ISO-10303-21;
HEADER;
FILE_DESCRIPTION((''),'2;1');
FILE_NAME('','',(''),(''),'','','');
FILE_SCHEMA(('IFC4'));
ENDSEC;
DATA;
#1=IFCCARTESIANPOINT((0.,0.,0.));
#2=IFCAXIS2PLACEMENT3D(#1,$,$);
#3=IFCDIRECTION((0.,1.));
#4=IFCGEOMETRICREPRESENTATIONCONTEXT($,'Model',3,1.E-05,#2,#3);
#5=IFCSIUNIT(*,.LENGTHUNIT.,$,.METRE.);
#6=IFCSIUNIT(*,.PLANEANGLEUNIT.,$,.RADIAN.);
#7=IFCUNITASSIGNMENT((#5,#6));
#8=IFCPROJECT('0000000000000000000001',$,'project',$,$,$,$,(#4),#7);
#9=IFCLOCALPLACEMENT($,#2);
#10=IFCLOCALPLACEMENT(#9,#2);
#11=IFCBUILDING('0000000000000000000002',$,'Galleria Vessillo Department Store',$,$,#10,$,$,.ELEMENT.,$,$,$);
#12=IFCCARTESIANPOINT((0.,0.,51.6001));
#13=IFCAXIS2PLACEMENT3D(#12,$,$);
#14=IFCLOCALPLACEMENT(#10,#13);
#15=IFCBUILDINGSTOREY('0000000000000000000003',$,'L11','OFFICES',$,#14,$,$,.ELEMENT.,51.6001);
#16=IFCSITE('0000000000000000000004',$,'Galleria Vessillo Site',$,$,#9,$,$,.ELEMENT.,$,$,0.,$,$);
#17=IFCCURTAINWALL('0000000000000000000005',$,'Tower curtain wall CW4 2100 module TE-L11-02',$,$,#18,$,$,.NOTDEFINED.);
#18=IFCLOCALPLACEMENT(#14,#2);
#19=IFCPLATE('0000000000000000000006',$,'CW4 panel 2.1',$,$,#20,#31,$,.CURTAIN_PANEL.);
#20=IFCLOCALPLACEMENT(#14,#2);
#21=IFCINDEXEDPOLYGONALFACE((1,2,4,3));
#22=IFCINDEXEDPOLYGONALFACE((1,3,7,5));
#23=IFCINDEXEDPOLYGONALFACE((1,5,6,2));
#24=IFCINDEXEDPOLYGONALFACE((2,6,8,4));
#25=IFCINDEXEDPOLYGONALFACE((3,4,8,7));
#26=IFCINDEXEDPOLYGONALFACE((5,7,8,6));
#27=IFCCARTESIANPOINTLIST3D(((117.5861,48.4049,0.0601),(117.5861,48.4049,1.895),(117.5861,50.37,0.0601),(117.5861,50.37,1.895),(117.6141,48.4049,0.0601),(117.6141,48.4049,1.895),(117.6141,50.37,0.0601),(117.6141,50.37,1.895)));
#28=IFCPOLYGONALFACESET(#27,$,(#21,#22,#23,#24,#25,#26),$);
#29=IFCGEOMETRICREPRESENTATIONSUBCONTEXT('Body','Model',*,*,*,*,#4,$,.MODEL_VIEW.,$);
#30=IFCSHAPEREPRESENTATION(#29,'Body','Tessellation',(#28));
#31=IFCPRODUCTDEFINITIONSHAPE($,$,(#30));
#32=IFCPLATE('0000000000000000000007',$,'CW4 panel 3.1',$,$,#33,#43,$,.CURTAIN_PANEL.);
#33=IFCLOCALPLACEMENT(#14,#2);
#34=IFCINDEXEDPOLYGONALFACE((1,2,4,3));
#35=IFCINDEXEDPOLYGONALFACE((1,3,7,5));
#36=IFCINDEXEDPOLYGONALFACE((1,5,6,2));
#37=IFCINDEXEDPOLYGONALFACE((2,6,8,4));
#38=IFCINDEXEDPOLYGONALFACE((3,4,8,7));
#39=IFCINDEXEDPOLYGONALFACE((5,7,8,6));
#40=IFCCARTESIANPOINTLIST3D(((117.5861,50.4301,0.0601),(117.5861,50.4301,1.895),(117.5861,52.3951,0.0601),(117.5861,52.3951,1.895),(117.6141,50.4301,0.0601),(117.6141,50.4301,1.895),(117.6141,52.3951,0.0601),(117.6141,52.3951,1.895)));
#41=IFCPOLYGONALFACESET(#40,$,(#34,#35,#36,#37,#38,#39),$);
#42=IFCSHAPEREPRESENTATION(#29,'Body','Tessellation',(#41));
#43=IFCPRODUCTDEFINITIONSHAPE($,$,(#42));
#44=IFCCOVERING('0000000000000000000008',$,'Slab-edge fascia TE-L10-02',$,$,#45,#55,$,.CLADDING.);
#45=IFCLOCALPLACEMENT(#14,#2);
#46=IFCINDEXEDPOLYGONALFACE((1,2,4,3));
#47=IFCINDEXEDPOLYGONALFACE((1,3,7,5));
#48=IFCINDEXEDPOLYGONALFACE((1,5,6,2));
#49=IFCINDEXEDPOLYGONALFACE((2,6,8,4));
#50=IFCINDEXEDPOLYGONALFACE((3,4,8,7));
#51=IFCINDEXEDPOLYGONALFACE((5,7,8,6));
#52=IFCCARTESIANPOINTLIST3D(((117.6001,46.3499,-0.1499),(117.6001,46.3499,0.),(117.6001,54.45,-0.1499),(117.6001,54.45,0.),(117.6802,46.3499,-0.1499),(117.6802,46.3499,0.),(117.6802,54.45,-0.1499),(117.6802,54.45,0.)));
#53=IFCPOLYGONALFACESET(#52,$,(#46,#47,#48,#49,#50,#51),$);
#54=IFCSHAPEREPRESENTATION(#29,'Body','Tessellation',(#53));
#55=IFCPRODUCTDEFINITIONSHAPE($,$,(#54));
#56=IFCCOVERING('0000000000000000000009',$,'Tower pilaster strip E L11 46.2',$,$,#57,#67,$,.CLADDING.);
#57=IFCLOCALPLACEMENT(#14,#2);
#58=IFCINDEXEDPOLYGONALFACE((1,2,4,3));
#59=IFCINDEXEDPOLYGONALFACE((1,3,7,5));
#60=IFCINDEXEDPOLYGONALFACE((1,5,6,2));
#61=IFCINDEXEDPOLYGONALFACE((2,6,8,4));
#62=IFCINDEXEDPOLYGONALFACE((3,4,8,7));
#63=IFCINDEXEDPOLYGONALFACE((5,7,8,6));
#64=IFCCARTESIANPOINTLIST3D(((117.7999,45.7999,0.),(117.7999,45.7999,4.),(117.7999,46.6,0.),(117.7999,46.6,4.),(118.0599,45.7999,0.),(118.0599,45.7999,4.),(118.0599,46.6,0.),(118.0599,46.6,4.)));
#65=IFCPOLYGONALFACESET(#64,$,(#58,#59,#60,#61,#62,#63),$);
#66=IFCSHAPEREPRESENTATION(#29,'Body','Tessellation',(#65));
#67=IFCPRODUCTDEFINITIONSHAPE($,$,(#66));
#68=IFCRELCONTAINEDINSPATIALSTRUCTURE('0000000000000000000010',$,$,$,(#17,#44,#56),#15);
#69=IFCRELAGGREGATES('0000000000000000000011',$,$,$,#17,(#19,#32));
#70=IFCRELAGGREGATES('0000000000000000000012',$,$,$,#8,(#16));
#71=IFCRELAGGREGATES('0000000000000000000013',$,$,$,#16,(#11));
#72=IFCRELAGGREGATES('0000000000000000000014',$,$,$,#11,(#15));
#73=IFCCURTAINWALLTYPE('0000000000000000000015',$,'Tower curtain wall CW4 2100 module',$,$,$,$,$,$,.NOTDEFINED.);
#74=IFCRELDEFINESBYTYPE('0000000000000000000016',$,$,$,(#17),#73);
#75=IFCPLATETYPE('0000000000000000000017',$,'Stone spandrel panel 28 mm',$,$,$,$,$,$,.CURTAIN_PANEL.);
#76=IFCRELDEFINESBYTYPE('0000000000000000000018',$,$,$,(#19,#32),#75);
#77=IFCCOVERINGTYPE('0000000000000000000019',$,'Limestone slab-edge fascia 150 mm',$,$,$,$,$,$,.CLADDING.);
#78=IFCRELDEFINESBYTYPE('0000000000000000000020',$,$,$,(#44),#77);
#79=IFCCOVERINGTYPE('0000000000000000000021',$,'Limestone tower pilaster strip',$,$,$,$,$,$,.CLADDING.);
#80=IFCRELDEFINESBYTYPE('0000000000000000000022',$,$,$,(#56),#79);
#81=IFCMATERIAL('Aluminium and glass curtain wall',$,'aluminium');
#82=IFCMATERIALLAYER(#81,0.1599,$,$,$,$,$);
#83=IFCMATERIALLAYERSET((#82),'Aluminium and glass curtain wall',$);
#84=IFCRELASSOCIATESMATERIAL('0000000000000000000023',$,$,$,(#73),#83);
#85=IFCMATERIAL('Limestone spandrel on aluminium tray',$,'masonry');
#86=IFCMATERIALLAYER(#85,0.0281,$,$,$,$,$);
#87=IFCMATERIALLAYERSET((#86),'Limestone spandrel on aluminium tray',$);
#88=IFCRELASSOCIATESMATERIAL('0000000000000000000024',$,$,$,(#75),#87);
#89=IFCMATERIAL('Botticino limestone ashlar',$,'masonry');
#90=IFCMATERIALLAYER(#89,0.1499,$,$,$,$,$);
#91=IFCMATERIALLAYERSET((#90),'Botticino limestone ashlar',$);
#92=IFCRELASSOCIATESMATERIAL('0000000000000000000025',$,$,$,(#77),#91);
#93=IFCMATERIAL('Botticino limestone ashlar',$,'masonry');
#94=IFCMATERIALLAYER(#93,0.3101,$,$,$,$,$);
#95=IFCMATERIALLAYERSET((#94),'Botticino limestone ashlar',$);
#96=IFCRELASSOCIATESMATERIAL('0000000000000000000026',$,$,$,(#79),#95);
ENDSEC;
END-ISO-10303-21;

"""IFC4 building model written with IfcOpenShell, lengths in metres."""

from ifc_helpers import new_model, si_unit, direction, frame, origin, origin_2d, place, context, subcontext, project, spatial, rectangle, extrude, material, layer, layer_set, type_object, element, aggregate, save


model = new_model("IFC4")

# Units and contexts
model_context = context("Model", 3, precision=1e-05, world=origin(), true_north=direction((0.0, 1.0)))
body_context = subcontext(model_context, "Body", "Model", "MODEL_VIEW")
ifc_project = project(units=[si_unit("LENGTHUNIT", "METRE"), si_unit("PLANEANGLEUNIT", "RADIAN")], contexts=[model_context])

# Site, building, storey
site_placement = place(None, origin())
site = spatial("IfcSite", under=ifc_project, at=site_placement, Name="Galleria Vessillo Site", CompositionType="ELEMENT", RefElevation=0.0)
building_placement = place(site_placement, origin())
building = spatial("IfcBuilding", under=site, at=building_placement, Name="Galleria Vessillo Department Store", CompositionType="ELEMENT")
storey_placement = place(building_placement, frame((0.0, 0.0, 51.6001)))
storey = spatial("IfcBuildingStorey", under=building, at=storey_placement, Name="L11", Description="OFFICES", CompositionType="ELEMENT", Elevation=51.6001)

# Curtain wall, plates
ifc_material_1 = material(Name="Aluminium and glass curtain wall", Category="aluminium")
ifc_layer_1 = layer(ifc_material_1, 0.1599)
ifc_layer_set_1 = layer_set([ifc_layer_1], Name="Aluminium and glass curtain wall")
curtain_wall_type = type_object("IfcCurtainWallType", Name="Tower curtain wall CW4 2100 module", PredefinedType="NOTDEFINED", material=ifc_layer_set_1)
curtain_wall_placement = place(storey_placement, origin())
curtain_wall = element("IfcCurtainWall", 1, at=curtain_wall_placement, inside=storey, type_object=curtain_wall_type, Name="Tower curtain wall CW4 2100 module TE-L11-02", PredefinedType="NOTDEFINED")
ifc_material_2 = material(Name="Limestone spandrel on aluminium tray", Category="masonry")
ifc_layer_2 = layer(ifc_material_2, 0.0281)
ifc_layer_set_2 = layer_set([ifc_layer_2], Name="Limestone spandrel on aluminium tray")
plate_type_1 = type_object("IfcPlateType", Name="Stone spandrel panel 28 mm", PredefinedType="CURTAIN_PANEL", material=ifc_layer_set_2)
plate_1_placement = place(storey_placement, frame((117.6001, 49.3875, 0.0601), z_axis=(0.0, 0.0, 1.0), x_axis=(0.0, 1.0, 0.0)))
plate_1 = element("IfcPlate", 2, at=plate_1_placement, type_object=plate_type_1, Name="CW4 panel 2.1", PredefinedType="CURTAIN_PANEL", context=body_context, shape_type="SweptSolid", body=[
    extrude(rectangle(XDim=1.9651, YDim=0.0281, at=origin_2d()), origin(), (0.0, 0.0, 1.0), 1.835),
])
plate_2_placement = place(storey_placement, frame((117.6001, 51.4126, 0.0601), z_axis=(0.0, 0.0, 1.0), x_axis=(0.0, 1.0, 0.0)))
plate_2 = element("IfcPlate", 3, at=plate_2_placement, type_object=plate_type_1, Name="CW4 panel 3.1", PredefinedType="CURTAIN_PANEL", context=body_context, shape_type="SweptSolid", body=[
    extrude(rectangle(XDim=1.9651, YDim=0.0281, at=origin_2d()), origin(), (0.0, 0.0, 1.0), 1.835),
])
aggregate(curtain_wall, [plate_1, plate_2])

# Coverings
ifc_material_3 = material(Name="Botticino limestone ashlar", Category="masonry")
ifc_layer_3 = layer(ifc_material_3, 0.1499)
ifc_layer_set_3 = layer_set([ifc_layer_3], Name="Botticino limestone ashlar")
covering_type_1 = type_object("IfcCoveringType", Name="Limestone slab-edge fascia 150 mm", PredefinedType="CLADDING", material=ifc_layer_set_3)
covering_1_placement = place(storey_placement, frame((117.6401, 50.3999, -0.1499), z_axis=(0.0, 0.0, 1.0), x_axis=(1.0, 0.0, 0.0)))
element("IfcCovering", 4, at=covering_1_placement, inside=storey, type_object=covering_type_1, Name="Slab-edge fascia TE-L10-02", PredefinedType="CLADDING", context=body_context, shape_type="SweptSolid", body=[
    extrude(rectangle(XDim=0.0801, YDim=8.1001, at=origin_2d()), origin(), (0.0, 0.0, 1.0), 0.1499),
])
ifc_material_4 = material(Name="Botticino limestone ashlar", Category="masonry")
ifc_layer_4 = layer(ifc_material_4, 0.3101)
ifc_layer_set_4 = layer_set([ifc_layer_4], Name="Botticino limestone ashlar")
covering_type_2 = type_object("IfcCoveringType", Name="Limestone tower pilaster strip", PredefinedType="CLADDING", material=ifc_layer_set_4)
covering_2_placement = place(storey_placement, frame((117.9299, 46.2, 0.0), z_axis=(0.0, 0.0, 1.0), x_axis=(1.0, 0.0, 0.0)))
element("IfcCovering", 5, at=covering_2_placement, inside=storey, type_object=covering_type_2, Name="Tower pilaster strip E L11 46.2", PredefinedType="CLADDING", context=body_context, shape_type="SweptSolid", body=[
    extrude(rectangle(XDim=0.26, YDim=0.8, at=origin_2d()), origin(), (0.0, 0.0, 1.0), 4.0),
])

save(model, "model.ifc")
